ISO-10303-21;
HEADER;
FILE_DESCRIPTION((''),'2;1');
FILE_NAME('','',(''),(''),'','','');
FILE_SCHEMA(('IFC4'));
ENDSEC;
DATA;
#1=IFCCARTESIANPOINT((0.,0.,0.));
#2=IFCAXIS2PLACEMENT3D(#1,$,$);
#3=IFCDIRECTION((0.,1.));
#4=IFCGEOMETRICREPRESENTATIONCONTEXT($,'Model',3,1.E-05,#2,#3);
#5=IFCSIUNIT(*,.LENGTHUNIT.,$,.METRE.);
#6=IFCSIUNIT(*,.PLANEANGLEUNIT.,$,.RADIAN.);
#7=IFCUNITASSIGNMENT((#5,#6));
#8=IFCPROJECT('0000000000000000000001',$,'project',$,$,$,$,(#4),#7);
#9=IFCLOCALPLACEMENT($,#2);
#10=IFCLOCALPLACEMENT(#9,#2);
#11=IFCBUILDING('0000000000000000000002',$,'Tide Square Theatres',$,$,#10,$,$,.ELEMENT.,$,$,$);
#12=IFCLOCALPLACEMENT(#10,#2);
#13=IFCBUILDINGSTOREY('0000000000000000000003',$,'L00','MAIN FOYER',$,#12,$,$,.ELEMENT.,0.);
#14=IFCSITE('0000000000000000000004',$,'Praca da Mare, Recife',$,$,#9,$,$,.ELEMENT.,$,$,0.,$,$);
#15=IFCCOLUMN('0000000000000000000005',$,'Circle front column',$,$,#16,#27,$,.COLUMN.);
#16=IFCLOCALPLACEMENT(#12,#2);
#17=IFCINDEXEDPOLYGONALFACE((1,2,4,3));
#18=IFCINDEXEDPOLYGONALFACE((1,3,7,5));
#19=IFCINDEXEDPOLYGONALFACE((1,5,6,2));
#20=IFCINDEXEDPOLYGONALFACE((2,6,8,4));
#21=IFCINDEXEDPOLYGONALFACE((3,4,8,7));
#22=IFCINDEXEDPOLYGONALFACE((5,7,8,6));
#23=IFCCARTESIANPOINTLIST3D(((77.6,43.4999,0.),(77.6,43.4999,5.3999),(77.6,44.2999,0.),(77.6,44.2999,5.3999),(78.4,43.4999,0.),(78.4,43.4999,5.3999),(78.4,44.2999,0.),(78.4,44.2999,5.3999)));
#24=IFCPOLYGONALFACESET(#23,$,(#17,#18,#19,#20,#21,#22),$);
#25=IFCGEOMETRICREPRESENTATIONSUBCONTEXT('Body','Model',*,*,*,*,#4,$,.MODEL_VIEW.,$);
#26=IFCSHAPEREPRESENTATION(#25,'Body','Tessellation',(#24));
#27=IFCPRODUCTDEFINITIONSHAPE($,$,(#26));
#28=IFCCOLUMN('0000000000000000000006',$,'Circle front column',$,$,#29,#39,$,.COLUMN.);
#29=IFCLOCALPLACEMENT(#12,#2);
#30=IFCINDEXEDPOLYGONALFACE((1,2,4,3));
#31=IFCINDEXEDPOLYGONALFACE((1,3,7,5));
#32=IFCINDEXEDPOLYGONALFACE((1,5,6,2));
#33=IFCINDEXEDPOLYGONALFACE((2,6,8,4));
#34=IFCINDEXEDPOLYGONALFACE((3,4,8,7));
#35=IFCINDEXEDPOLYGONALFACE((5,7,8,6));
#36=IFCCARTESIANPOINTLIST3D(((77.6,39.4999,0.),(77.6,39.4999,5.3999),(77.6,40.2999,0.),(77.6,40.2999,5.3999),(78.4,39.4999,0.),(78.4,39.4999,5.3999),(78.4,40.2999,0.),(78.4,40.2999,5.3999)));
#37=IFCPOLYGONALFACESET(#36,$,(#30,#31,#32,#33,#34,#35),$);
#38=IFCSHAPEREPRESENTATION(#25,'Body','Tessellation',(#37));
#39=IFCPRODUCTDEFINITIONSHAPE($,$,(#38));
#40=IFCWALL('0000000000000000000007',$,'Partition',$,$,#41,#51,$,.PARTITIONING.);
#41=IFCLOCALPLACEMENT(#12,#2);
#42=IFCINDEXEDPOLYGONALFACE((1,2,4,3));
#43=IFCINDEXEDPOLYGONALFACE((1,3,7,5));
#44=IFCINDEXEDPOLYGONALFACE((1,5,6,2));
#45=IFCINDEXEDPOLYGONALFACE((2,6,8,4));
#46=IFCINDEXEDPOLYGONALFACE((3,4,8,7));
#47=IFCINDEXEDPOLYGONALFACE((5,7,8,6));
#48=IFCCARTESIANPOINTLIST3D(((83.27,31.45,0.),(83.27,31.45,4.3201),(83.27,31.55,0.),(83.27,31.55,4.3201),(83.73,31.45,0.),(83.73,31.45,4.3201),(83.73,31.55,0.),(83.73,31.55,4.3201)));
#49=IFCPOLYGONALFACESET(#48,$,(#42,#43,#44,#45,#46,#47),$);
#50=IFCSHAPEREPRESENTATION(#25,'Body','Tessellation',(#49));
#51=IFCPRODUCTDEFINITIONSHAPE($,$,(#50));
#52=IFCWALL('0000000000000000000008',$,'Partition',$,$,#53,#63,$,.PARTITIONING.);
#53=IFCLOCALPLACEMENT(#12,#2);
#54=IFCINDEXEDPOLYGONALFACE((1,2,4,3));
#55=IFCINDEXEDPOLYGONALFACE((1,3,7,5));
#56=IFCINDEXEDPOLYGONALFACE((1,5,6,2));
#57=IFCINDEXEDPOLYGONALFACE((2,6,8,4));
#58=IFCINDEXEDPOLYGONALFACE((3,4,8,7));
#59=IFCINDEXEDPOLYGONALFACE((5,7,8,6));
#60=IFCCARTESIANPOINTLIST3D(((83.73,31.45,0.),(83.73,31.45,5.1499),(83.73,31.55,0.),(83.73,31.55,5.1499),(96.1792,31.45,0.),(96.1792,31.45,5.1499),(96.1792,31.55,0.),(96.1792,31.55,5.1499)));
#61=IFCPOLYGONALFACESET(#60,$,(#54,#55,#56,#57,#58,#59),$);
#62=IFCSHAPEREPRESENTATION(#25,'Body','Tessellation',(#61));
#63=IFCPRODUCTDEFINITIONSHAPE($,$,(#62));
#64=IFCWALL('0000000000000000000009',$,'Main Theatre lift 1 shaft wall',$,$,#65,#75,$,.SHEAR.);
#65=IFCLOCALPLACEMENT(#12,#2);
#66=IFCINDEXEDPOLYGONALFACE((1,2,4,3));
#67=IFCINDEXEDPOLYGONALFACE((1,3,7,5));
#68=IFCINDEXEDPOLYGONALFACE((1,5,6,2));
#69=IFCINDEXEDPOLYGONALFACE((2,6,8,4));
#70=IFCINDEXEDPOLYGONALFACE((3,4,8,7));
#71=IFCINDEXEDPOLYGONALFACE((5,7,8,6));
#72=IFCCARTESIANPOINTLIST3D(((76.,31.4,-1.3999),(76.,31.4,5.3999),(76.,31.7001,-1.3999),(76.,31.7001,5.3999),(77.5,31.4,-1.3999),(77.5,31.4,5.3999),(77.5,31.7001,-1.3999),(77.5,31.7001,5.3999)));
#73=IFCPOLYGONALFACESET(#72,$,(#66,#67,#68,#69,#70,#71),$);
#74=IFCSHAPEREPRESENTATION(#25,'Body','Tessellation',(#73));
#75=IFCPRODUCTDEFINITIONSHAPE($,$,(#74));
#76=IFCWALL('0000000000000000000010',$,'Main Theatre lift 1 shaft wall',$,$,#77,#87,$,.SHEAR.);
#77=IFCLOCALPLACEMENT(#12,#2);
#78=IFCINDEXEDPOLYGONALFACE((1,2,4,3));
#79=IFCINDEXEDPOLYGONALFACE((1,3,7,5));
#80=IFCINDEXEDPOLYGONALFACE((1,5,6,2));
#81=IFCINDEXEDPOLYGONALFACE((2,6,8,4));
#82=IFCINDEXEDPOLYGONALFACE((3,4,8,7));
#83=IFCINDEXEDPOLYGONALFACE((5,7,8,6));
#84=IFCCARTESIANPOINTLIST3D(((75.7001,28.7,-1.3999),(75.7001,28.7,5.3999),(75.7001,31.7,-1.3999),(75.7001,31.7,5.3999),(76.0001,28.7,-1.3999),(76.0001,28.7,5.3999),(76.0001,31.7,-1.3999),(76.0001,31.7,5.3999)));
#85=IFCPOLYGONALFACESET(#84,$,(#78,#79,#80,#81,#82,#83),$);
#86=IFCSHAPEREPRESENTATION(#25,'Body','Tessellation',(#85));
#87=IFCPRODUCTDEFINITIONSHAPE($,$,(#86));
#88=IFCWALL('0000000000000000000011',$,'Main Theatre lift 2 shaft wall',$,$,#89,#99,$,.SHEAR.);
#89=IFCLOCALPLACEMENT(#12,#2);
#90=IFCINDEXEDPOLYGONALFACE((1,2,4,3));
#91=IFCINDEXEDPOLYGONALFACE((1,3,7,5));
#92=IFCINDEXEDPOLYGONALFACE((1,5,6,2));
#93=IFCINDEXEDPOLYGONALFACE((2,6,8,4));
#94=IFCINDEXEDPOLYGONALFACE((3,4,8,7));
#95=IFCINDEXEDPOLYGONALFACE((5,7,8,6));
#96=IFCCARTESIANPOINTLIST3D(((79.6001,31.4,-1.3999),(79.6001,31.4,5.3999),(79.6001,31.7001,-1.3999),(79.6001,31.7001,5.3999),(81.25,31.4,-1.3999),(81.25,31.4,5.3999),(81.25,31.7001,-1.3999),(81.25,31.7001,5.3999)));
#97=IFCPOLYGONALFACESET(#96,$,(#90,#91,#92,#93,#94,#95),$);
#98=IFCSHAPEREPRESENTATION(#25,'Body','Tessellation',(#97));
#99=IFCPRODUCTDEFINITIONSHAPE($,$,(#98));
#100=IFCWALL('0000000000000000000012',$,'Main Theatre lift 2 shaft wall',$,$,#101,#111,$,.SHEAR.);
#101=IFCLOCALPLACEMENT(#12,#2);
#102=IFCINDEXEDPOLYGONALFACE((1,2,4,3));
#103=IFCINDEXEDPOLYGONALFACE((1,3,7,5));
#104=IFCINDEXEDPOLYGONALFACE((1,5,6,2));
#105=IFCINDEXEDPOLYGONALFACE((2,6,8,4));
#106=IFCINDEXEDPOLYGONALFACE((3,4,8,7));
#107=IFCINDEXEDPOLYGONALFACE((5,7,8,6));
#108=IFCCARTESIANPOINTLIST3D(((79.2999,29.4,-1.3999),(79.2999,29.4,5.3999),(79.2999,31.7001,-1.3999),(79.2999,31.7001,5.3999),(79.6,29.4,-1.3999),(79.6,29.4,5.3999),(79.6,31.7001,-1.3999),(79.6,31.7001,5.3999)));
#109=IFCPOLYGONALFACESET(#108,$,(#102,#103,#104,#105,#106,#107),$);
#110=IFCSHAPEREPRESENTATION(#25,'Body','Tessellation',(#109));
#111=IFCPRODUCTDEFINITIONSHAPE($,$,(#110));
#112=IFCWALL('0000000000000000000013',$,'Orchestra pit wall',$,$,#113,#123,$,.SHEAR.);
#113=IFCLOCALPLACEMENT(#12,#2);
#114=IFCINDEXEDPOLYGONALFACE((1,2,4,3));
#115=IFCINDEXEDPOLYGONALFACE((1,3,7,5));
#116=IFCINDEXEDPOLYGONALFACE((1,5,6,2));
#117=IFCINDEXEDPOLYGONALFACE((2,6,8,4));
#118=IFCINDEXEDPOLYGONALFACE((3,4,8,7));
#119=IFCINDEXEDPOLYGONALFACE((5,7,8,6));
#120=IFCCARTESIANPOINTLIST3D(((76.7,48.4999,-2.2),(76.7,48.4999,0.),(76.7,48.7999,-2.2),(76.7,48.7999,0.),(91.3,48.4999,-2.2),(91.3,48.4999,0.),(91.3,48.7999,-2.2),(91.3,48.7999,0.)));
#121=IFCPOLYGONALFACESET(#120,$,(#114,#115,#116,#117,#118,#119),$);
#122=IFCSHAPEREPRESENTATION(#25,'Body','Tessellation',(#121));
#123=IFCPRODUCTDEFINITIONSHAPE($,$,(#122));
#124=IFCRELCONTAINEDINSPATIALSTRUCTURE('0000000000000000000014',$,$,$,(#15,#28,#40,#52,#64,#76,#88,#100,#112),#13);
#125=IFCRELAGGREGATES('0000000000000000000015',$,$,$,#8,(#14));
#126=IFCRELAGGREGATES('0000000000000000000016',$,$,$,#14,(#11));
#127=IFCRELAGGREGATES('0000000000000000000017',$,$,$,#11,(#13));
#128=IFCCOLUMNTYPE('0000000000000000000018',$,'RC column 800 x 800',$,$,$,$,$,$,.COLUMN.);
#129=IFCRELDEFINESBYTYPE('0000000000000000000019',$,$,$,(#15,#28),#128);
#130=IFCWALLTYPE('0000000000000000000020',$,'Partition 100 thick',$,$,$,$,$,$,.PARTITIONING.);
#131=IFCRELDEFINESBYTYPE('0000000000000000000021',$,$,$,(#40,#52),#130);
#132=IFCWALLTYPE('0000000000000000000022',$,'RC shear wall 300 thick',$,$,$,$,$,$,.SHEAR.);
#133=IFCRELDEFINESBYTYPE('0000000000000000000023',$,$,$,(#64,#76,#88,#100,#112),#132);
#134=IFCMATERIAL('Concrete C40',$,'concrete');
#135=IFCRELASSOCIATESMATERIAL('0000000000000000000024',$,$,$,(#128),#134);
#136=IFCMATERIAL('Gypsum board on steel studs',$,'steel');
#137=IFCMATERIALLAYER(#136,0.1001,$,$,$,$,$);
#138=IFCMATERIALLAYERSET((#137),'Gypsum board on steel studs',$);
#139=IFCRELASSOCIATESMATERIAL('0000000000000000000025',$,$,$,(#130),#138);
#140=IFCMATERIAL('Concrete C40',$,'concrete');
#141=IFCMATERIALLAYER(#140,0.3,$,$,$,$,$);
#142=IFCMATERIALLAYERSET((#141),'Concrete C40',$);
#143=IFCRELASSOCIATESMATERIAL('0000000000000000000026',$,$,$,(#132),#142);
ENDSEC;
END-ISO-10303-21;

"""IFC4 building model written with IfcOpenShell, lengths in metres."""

from ifc_helpers import new_model, si_unit, direction, frame, frame_2d, origin, origin_2d, place, context, subcontext, project, spatial, rectangle, extrude, material, layer, layer_set, material_profile, profile_set, type_object, element, save


model = new_model("IFC4")

# Units and contexts
model_context = context("Model", 3, precision=1e-05, world=origin(), true_north=direction((0.0, 1.0)))
body_context = subcontext(model_context, "Body", "Model", "MODEL_VIEW")
ifc_project = project(units=[si_unit("LENGTHUNIT", "METRE"), si_unit("PLANEANGLEUNIT", "RADIAN")], contexts=[model_context])

# Site, building, storey
site_placement = place(None, origin())
site = spatial("IfcSite", under=ifc_project, at=site_placement, Name="Praca da Mare, Recife", CompositionType="ELEMENT", RefElevation=0.0)
building_placement = place(site_placement, origin())
building = spatial("IfcBuilding", under=site, at=building_placement, Name="Tide Square Theatres", CompositionType="ELEMENT")
storey_placement = place(building_placement, origin())
storey = spatial("IfcBuildingStorey", under=building, at=storey_placement, Name="L00", Description="MAIN FOYER", CompositionType="ELEMENT", Elevation=0.0)

# Columns
ifc_material_1 = material(Name="Concrete C40", Category="concrete")
ifc_material_profile_1 = material_profile(ifc_material_1, rectangle(XDim=0.8, YDim=0.8, at=origin_2d()))
ifc_profile_set_1 = profile_set([ifc_material_profile_1], Name="Concrete C40")
column_type = type_object("IfcColumnType", Name="RC column 800 x 800", PredefinedType="COLUMN", material=ifc_profile_set_1)
for number, where, z_axis, x_axis, name in (
    (1, (78.0, 43.8999, 0.0), (0.0, 0.0, 1.0), (1.0, 0.0, 0.0), "Circle front column"),
    (2, (78.0, 39.8999, 0.0), (0.0, 0.0, 1.0), (1.0, 0.0, 0.0), "Circle front column"),
):
    element("IfcColumn", number, at=place(storey_placement, frame(where, z_axis=z_axis, x_axis=x_axis)), inside=storey, type_object=column_type, Name=name, PredefinedType="COLUMN", context=body_context, shape_type="SweptSolid", body=[
        extrude(rectangle(XDim=0.8, YDim=0.8, at=origin_2d()), origin(), (0.0, 0.0, 1.0), 5.3999),
    ])

# Walls
ifc_material_2 = material(Name="Gypsum board on steel studs", Category="steel")
ifc_layer_1 = layer(ifc_material_2, 0.1001)
ifc_layer_set_1 = layer_set([ifc_layer_1], Name="Gypsum board on steel studs")
wall_type_1 = type_object("IfcWallType", Name="Partition 100 thick", PredefinedType="PARTITIONING", material=ifc_layer_set_1)
wall_1_placement = place(storey_placement, frame((83.27, 31.5, 0.0), z_axis=(0.0, 0.0, 1.0), x_axis=(1.0, 0.0, 0.0)))
element("IfcWall", 3, at=wall_1_placement, inside=storey, type_object=wall_type_1, Name="Partition", PredefinedType="PARTITIONING", context=body_context, shape_type="SweptSolid", body=[
    extrude(rectangle(XDim=0.46, YDim=0.1001, at=frame_2d((0.23, 0.0))), origin(), (0.0, 0.0, 1.0), 4.3201),
])
wall_2_placement = place(storey_placement, frame((83.73, 31.5, 0.0), z_axis=(0.0, 0.0, 1.0), x_axis=(1.0, 0.0, 0.0)))
element("IfcWall", 4, at=wall_2_placement, inside=storey, type_object=wall_type_1, Name="Partition", PredefinedType="PARTITIONING", context=body_context, shape_type="SweptSolid", body=[
    extrude(rectangle(XDim=12.4492, YDim=0.1001, at=frame_2d((6.2246, 0.0))), origin(), (0.0, 0.0, 1.0), 5.1499),
])
ifc_material_3 = material(Name="Concrete C40", Category="concrete")
ifc_layer_2 = layer(ifc_material_3, 0.3)
ifc_layer_set_2 = layer_set([ifc_layer_2], Name="Concrete C40")
wall_type_2 = type_object("IfcWallType", Name="RC shear wall 300 thick", PredefinedType="SHEAR", material=ifc_layer_set_2)
wall_3_placement = place(storey_placement, frame((77.5, 31.55, -1.3999), z_axis=(0.0, 0.0, 1.0), x_axis=(-1.0, 0.0, 0.0)))
element("IfcWall", 5, at=wall_3_placement, inside=storey, type_object=wall_type_2, Name="Main Theatre lift 1 shaft wall", PredefinedType="SHEAR", context=body_context, shape_type="SweptSolid", body=[
    extrude(rectangle(XDim=1.5, YDim=0.3, at=frame_2d((0.75, 0.0))), origin(), (0.0, 0.0, 1.0), 6.7998),
])
wall_4_placement = place(storey_placement, frame((75.8501, 31.7, -1.3999), z_axis=(0.0, 0.0, 1.0), x_axis=(0.0, -1.0, 0.0)))
element("IfcWall", 6, at=wall_4_placement, inside=storey, type_object=wall_type_2, Name="Main Theatre lift 1 shaft wall", PredefinedType="SHEAR", context=body_context, shape_type="SweptSolid", body=[
    extrude(rectangle(XDim=3.0, YDim=0.3, at=frame_2d((1.5, 0.0))), origin(), (0.0, 0.0, 1.0), 6.7998),
])
wall_5_placement = place(storey_placement, frame((81.25, 31.55, -1.3999), z_axis=(0.0, 0.0, 1.0), x_axis=(-1.0, 0.0, 0.0)))
element("IfcWall", 7, at=wall_5_placement, inside=storey, type_object=wall_type_2, Name="Main Theatre lift 2 shaft wall", PredefinedType="SHEAR", context=body_context, shape_type="SweptSolid", body=[
    extrude(rectangle(XDim=1.6499, YDim=0.3, at=frame_2d((0.825, 0.0))), origin(), (0.0, 0.0, 1.0), 6.7998),
])
wall_6_placement = place(storey_placement, frame((79.45, 31.7, -1.3999), z_axis=(0.0, 0.0, 1.0), x_axis=(0.0, -1.0, 0.0)))
element("IfcWall", 8, at=wall_6_placement, inside=storey, type_object=wall_type_2, Name="Main Theatre lift 2 shaft wall", PredefinedType="SHEAR", context=body_context, shape_type="SweptSolid", body=[
    extrude(rectangle(XDim=2.3, YDim=0.3, at=frame_2d((1.1499, 0.0))), origin(), (0.0, 0.0, 1.0), 6.7998),
])
wall_7_placement = place(storey_placement, frame((76.7, 48.6499, -2.2), z_axis=(0.0, 0.0, 1.0), x_axis=(1.0, 0.0, 0.0)))
element("IfcWall", 9, at=wall_7_placement, inside=storey, type_object=wall_type_2, Name="Orchestra pit wall", PredefinedType="SHEAR", context=body_context, shape_type="SweptSolid", body=[
    extrude(rectangle(XDim=14.6001, YDim=0.3, at=frame_2d((7.3, 0.0))), origin(), (0.0, 0.0, 1.0), 2.2),
])

save(model, "model.ifc")
